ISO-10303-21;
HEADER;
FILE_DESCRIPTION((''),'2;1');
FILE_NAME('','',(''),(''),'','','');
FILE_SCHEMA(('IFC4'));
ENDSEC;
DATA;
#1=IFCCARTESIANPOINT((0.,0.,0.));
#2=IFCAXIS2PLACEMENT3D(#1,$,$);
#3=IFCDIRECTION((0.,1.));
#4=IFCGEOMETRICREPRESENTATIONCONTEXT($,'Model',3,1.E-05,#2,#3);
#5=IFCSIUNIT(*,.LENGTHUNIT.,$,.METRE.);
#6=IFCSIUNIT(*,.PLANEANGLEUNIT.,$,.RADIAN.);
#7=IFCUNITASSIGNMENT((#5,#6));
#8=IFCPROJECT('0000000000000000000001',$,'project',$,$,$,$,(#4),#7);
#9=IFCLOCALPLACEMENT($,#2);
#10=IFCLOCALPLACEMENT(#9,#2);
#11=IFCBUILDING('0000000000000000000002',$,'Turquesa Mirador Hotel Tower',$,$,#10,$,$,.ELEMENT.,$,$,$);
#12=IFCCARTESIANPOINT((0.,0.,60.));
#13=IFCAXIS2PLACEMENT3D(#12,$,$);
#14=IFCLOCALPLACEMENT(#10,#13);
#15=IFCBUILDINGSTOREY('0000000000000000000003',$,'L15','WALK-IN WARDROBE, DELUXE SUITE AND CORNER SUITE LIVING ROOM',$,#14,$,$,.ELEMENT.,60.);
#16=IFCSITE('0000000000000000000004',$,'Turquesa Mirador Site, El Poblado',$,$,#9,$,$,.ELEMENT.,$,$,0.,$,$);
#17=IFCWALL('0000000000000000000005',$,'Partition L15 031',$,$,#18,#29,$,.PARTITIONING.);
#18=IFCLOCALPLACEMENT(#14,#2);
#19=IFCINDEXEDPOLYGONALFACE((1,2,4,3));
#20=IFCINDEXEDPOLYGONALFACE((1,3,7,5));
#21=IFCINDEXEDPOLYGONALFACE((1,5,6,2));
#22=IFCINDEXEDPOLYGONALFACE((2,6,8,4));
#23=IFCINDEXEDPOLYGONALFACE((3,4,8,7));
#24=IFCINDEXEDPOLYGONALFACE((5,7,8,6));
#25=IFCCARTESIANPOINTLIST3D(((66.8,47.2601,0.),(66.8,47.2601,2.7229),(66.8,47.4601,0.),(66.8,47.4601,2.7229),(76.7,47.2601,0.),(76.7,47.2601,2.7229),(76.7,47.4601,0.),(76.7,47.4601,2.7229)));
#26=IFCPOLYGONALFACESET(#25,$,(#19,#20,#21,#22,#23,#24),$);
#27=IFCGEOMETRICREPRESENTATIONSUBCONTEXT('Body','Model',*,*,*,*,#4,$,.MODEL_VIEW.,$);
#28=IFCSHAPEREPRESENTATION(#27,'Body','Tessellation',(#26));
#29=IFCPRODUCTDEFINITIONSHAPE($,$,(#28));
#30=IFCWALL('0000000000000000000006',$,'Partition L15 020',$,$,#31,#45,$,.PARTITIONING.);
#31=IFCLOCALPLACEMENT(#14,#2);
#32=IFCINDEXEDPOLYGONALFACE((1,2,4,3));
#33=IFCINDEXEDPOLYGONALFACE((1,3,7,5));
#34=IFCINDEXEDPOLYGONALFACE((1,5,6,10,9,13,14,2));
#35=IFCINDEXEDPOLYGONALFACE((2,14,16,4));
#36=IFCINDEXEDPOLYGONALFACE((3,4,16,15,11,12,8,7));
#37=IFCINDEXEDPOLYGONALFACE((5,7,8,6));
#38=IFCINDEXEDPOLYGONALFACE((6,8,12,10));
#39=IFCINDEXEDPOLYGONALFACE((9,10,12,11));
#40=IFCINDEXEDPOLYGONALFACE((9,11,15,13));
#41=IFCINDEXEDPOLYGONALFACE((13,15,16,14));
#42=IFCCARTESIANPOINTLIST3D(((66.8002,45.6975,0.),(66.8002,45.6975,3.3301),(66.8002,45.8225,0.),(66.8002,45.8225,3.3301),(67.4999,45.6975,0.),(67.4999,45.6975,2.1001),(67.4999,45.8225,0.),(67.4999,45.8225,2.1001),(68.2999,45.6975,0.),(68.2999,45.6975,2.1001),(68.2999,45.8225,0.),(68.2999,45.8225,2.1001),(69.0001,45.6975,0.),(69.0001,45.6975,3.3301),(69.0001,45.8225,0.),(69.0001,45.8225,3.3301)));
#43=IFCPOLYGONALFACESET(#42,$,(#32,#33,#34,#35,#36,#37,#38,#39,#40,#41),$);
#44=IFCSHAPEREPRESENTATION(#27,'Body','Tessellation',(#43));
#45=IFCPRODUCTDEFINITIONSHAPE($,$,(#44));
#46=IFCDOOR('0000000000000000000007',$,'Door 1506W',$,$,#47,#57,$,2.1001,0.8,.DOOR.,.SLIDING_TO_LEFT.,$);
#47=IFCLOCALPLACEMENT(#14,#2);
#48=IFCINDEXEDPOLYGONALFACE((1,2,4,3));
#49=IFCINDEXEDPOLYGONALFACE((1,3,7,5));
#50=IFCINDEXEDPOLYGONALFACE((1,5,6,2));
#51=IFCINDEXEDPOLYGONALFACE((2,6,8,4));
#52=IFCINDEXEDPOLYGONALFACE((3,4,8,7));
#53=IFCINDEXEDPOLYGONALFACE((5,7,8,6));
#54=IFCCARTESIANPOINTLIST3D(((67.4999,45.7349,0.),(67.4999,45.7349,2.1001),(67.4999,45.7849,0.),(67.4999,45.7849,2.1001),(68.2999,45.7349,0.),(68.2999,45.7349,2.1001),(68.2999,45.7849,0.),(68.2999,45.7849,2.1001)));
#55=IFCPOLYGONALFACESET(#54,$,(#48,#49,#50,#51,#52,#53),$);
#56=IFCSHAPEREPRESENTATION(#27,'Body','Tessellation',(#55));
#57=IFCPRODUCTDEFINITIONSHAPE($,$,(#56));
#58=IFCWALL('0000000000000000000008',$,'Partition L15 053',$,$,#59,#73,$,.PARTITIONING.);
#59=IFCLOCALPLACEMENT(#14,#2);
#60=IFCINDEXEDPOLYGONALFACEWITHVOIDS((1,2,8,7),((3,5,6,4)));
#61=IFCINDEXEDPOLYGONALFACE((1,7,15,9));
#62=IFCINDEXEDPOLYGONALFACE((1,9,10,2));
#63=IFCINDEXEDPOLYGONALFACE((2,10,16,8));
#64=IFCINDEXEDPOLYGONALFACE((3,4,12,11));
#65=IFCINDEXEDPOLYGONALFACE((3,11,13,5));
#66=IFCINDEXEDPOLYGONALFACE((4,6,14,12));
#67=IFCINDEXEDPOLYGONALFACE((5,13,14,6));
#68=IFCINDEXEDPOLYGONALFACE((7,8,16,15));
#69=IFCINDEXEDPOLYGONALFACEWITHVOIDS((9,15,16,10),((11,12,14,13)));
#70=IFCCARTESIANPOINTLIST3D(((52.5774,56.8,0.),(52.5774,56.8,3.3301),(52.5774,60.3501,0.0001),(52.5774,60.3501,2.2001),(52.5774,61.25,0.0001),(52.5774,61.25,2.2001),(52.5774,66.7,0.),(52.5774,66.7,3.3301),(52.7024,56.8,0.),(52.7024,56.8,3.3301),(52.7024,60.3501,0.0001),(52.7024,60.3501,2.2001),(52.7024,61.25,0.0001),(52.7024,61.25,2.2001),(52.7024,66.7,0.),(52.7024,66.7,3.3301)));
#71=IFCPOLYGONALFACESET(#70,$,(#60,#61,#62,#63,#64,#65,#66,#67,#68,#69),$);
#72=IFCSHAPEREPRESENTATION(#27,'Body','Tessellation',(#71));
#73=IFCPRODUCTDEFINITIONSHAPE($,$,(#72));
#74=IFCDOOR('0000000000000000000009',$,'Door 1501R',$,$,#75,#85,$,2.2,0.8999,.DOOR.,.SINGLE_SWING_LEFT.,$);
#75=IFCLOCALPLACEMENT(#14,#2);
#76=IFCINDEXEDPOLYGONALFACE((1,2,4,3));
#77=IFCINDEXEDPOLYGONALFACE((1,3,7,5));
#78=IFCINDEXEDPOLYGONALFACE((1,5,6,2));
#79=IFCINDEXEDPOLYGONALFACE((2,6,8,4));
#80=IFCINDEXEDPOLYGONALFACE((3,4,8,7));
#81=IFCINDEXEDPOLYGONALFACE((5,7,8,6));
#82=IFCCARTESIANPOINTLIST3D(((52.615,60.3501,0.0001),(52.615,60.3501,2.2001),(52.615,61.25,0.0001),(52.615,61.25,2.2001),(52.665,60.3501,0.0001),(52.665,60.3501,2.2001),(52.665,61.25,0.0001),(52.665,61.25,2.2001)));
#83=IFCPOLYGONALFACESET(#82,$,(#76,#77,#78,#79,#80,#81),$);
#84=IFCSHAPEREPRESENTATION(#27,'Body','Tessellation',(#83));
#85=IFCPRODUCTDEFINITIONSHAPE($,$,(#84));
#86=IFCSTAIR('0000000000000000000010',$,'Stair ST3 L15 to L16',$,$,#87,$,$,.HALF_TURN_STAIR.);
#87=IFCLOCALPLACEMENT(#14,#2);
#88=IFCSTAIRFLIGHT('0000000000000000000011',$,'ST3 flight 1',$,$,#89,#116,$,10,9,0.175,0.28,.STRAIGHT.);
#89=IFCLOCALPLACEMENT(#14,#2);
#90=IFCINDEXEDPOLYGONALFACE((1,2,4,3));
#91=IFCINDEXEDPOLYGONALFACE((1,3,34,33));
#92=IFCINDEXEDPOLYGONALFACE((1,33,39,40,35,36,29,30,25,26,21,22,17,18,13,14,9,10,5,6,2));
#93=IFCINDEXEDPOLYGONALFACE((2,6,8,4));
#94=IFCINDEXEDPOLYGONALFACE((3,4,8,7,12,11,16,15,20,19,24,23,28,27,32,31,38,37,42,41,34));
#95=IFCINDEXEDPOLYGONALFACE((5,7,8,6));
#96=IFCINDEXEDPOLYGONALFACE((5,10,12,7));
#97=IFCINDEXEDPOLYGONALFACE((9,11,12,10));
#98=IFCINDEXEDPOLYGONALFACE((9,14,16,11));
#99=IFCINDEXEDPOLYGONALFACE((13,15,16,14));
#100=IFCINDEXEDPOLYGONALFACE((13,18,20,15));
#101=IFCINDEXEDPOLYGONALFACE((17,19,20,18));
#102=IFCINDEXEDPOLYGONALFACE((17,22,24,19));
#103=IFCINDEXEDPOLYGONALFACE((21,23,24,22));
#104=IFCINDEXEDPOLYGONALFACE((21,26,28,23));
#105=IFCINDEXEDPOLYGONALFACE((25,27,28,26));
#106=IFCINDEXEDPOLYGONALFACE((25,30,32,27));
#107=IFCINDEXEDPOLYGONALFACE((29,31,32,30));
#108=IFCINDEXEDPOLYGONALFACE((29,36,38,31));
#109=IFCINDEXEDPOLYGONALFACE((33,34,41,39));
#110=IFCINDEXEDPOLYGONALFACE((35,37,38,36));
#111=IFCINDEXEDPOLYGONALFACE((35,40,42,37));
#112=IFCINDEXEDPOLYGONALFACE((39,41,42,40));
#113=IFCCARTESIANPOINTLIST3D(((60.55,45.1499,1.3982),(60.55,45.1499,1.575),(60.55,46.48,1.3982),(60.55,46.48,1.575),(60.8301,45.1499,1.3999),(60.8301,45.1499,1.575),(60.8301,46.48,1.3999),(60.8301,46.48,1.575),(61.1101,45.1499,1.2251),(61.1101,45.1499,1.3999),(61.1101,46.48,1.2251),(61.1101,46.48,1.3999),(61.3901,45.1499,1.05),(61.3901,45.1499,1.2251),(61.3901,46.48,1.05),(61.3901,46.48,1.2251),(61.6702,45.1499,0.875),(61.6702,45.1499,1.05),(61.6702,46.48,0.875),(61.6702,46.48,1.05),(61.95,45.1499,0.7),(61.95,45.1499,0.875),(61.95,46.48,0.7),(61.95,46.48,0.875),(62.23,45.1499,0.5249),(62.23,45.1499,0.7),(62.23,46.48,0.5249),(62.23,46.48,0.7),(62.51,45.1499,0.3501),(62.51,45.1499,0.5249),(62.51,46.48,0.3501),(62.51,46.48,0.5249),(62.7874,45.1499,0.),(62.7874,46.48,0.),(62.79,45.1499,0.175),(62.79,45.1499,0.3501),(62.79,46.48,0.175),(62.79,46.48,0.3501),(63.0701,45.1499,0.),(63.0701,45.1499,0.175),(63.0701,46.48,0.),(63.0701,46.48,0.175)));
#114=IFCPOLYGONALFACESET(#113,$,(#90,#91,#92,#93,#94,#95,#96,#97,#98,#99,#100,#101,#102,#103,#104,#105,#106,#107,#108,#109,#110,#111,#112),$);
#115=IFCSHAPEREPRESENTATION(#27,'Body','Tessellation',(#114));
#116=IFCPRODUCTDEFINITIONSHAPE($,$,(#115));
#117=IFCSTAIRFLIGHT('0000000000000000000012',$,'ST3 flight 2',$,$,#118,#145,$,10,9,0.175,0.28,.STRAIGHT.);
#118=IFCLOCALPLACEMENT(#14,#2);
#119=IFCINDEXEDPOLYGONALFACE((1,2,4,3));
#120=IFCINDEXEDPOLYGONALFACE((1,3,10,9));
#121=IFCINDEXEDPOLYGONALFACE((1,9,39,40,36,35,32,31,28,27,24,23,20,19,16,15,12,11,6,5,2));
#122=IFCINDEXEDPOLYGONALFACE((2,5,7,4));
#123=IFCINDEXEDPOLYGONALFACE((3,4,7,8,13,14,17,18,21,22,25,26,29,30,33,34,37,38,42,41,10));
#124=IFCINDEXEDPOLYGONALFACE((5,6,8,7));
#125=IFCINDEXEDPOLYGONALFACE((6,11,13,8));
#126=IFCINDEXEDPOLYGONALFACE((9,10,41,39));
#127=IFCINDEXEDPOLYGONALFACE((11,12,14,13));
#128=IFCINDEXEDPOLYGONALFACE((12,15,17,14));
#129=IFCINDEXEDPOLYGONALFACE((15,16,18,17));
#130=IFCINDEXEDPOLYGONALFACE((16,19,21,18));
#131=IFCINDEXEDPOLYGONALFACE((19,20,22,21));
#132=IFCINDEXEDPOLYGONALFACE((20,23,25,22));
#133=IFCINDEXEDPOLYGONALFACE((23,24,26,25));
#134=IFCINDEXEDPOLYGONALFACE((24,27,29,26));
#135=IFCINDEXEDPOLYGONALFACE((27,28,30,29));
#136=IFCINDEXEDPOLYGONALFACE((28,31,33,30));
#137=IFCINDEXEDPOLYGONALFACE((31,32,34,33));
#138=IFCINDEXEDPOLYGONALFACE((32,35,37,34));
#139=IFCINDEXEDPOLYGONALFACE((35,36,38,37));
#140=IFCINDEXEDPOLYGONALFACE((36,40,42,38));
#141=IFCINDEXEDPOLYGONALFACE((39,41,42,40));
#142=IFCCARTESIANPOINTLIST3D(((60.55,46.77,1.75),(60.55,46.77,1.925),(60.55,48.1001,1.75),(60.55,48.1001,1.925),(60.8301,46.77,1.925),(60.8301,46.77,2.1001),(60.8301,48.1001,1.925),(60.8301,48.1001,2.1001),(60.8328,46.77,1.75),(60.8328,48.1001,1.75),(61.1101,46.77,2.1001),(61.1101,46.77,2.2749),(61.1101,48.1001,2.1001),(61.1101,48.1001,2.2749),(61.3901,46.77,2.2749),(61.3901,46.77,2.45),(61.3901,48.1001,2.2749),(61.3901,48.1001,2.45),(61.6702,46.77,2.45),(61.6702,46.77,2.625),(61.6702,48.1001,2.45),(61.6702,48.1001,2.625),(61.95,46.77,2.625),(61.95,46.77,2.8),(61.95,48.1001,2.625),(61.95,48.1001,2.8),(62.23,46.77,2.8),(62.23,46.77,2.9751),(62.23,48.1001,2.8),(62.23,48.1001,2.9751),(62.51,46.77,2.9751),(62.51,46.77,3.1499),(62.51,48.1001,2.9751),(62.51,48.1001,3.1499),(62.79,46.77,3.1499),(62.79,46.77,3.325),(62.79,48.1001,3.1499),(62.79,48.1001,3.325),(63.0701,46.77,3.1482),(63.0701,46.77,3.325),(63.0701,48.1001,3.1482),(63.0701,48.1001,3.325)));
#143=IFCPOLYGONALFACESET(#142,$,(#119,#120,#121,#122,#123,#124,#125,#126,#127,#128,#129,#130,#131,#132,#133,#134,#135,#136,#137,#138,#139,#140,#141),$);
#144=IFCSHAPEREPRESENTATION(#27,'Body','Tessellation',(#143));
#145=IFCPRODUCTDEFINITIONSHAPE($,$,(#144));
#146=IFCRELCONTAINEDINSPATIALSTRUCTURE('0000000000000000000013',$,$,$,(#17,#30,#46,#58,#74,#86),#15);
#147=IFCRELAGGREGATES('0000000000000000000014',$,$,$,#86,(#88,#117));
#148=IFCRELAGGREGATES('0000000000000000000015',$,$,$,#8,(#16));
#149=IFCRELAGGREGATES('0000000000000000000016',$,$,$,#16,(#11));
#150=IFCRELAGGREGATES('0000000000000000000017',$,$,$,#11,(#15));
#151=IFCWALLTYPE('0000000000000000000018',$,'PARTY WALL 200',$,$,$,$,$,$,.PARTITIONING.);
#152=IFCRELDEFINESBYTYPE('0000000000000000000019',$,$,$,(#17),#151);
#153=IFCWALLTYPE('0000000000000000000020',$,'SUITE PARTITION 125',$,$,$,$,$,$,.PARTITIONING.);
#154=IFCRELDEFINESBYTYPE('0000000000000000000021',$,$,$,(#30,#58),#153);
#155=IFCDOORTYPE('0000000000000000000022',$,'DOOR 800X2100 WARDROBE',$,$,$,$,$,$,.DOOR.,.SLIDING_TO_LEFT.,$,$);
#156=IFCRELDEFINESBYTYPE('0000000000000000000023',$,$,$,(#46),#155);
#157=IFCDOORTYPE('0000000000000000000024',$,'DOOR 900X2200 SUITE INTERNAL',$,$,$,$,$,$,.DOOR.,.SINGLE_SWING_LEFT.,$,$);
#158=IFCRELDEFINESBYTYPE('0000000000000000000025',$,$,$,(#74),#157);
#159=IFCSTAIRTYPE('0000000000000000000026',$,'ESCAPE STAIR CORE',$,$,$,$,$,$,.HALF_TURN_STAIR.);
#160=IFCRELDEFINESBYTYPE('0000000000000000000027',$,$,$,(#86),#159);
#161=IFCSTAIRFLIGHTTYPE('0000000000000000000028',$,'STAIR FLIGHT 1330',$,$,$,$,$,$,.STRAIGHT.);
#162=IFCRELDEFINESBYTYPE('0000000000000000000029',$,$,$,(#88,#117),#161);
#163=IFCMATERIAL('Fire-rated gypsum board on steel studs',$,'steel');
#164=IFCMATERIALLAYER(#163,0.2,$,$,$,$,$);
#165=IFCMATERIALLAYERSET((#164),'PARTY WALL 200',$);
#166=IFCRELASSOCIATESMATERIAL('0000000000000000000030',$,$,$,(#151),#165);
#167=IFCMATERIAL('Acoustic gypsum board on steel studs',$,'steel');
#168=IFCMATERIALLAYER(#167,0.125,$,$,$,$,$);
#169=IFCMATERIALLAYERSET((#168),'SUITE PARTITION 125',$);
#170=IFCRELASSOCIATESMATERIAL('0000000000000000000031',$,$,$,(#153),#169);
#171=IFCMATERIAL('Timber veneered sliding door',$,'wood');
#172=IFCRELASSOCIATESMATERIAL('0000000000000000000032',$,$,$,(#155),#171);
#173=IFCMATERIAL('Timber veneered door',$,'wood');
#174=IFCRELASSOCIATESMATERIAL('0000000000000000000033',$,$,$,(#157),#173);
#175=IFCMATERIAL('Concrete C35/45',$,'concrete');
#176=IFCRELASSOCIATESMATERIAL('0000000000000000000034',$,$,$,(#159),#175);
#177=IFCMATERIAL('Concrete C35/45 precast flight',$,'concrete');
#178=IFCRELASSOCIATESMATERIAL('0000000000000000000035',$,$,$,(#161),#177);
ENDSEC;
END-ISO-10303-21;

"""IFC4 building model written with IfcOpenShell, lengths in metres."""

from ifc_helpers import new_model, si_unit, direction, frame, frame_2d, origin, place, context, subcontext, project, spatial, polyline, rectangle, outline, extrude, material, layer, layer_set, type_object, element, fill, aggregate, save


model = new_model("IFC4")

# Units and contexts
model_context = context("Model", 3, precision=1e-05, world=origin(), true_north=direction((0.0, 1.0)))
body_context = subcontext(model_context, "Body", "Model", "MODEL_VIEW")
ifc_project = project(units=[si_unit("LENGTHUNIT", "METRE"), si_unit("PLANEANGLEUNIT", "RADIAN")], contexts=[model_context])

# Site, building, storey
site_placement = place(None, origin())
site = spatial("IfcSite", under=ifc_project, at=site_placement, Name="Turquesa Mirador Site, El Poblado", CompositionType="ELEMENT", RefElevation=0.0)
building_placement = place(site_placement, origin())
building = spatial("IfcBuilding", under=site, at=building_placement, Name="Turquesa Mirador Hotel Tower", CompositionType="ELEMENT")
storey_placement = place(building_placement, frame((0.0, 0.0, 60.0)))
storey = spatial("IfcBuildingStorey", under=building, at=storey_placement, Name="L15", Description="WALK-IN WARDROBE, DELUXE SUITE AND CORNER SUITE LIVING ROOM", CompositionType="ELEMENT", Elevation=60.0)

# Wall
ifc_material_1 = material(Name="Fire-rated gypsum board on steel studs", Category="steel")
ifc_layer_1 = layer(ifc_material_1, 0.2)
ifc_layer_set_1 = layer_set([ifc_layer_1], Name="PARTY WALL 200")
wall_type_1 = type_object("IfcWallType", Name="PARTY WALL 200", PredefinedType="PARTITIONING", material=ifc_layer_set_1)
wall_1_placement = place(storey_placement, frame((66.8, 47.3601, 0.0), z_axis=(0.0, 0.0, 1.0), x_axis=(1.0, 0.0, 0.0)))
element("IfcWall", 1, at=wall_1_placement, inside=storey, type_object=wall_type_1, Name="Partition L15 031", PredefinedType="PARTITIONING", context=body_context, shape_type="SweptSolid", body=[
    extrude(rectangle(XDim=9.8999, YDim=0.2, at=frame_2d((4.95, 0.0))), origin(), (0.0, 0.0, 1.0), 2.7229),
])

# Walls, openings, doors
ifc_material_2 = material(Name="Acoustic gypsum board on steel studs", Category="steel")
ifc_layer_2 = layer(ifc_material_2, 0.125)
ifc_layer_set_2 = layer_set([ifc_layer_2], Name="SUITE PARTITION 125")
wall_type_2 = type_object("IfcWallType", Name="SUITE PARTITION 125", PredefinedType="PARTITIONING", material=ifc_layer_set_2)
wall_2_placement = place(storey_placement, frame((66.8, 45.76, 0.0), z_axis=(0.0, 0.0, 1.0), x_axis=(1.0, 0.0, 0.0)))
wall_2 = element("IfcWall", 2, at=wall_2_placement, inside=storey, type_object=wall_type_2, Name="Partition L15 020", PredefinedType="PARTITIONING", context=body_context, shape_type="SweptSolid", body=[
    extrude(rectangle(XDim=2.2, YDim=0.125, at=frame_2d((1.1001, 0.0))), origin(), (0.0, 0.0, 1.0), 3.3301),
])
opening_1_placement = place(wall_2_placement, frame((0.7, 0.0, 0.0)))
opening_1 = element("IfcOpeningElement", 3, at=opening_1_placement, cuts=wall_2, PredefinedType="OPENING", context=body_context, shape_type="SweptSolid", body=[
    extrude(rectangle(XDim=0.8, YDim=2.1001, at=frame_2d((0.3999, 1.05))), frame((0.0, 0.0725, 0.0), z_axis=(0.0, -1.0, 0.0), x_axis=(1.0, 0.0, 0.0)), (0.0, 0.0, 1.0), 0.145),
])
ifc_material_3 = material(Name="Timber veneered sliding door", Category="wood")
door_type_1 = type_object("IfcDoorType", Name="DOOR 800X2100 WARDROBE", OperationType="SLIDING_TO_LEFT", PredefinedType="DOOR", material=ifc_material_3)
door_1_placement = place(opening_1_placement, origin())
door_1 = element("IfcDoor", 4, at=door_1_placement, inside=storey, type_object=door_type_1, Name="Door 1506W", OperationType="SLIDING_TO_LEFT", OverallHeight=2.1001, OverallWidth=0.8, PredefinedType="DOOR", context=body_context, shape_type="SweptSolid", body=[
    extrude(rectangle(XDim=0.8, YDim=2.1001, at=frame_2d((0.3999, 1.05))), frame((0.0, 0.0249, 0.0), z_axis=(0.0, -1.0, 0.0), x_axis=(1.0, 0.0, 0.0)), (0.0, 0.0, 1.0), 0.05),
])
fill(opening_1, door_1)
wall_3_placement = place(storey_placement, frame((52.6399, 56.8, 0.0), z_axis=(0.0, 0.0, 1.0), x_axis=(0.0, 1.0, 0.0)))
wall_3 = element("IfcWall", 5, at=wall_3_placement, inside=storey, type_object=wall_type_2, Name="Partition L15 053", PredefinedType="PARTITIONING", context=body_context, shape_type="SweptSolid", body=[
    extrude(rectangle(XDim=9.8999, YDim=0.125, at=frame_2d((4.95, 0.0))), origin(), (0.0, 0.0, 1.0), 3.3301),
])
opening_2_placement = place(wall_3_placement, frame((3.55, 0.0, 0.0)))
opening_2 = element("IfcOpeningElement", 6, at=opening_2_placement, cuts=wall_3, PredefinedType="OPENING", context=body_context, shape_type="SweptSolid", body=[
    extrude(rectangle(XDim=0.8999, YDim=2.2, at=frame_2d((0.45, 1.1001))), frame((0.0, 0.0725, 0.0), z_axis=(0.0, -1.0, 0.0), x_axis=(1.0, 0.0, 0.0)), (0.0, 0.0, 1.0), 0.145),
])
ifc_material_4 = material(Name="Timber veneered door", Category="wood")
door_type_2 = type_object("IfcDoorType", Name="DOOR 900X2200 SUITE INTERNAL", OperationType="SINGLE_SWING_LEFT", PredefinedType="DOOR", material=ifc_material_4)
door_2_placement = place(opening_2_placement, origin())
door_2 = element("IfcDoor", 7, at=door_2_placement, inside=storey, type_object=door_type_2, Name="Door 1501R", OperationType="SINGLE_SWING_LEFT", OverallHeight=2.2, OverallWidth=0.8999, PredefinedType="DOOR", context=body_context, shape_type="SweptSolid", body=[
    extrude(rectangle(XDim=0.8999, YDim=2.2, at=frame_2d((0.45, 1.1001))), frame((0.0, 0.0249, 0.0), z_axis=(0.0, -1.0, 0.0), x_axis=(1.0, 0.0, 0.0)), (0.0, 0.0, 1.0), 0.05),
])
fill(opening_2, door_2)

# Stair, stair flights
ifc_material_5 = material(Name="Concrete C35/45", Category="concrete")
stair_type = type_object("IfcStairType", Name="ESCAPE STAIR CORE", PredefinedType="HALF_TURN_STAIR", material=ifc_material_5)
stair_placement = place(storey_placement, origin())
stair = element("IfcStair", 8, at=stair_placement, inside=storey, type_object=stair_type, Name="Stair ST3 L15 to L16", PredefinedType="HALF_TURN_STAIR")
ifc_material_6 = material(Name="Concrete C35/45 precast flight", Category="concrete")
stair_flight_type = type_object("IfcStairFlightType", Name="STAIR FLIGHT 1330", PredefinedType="STRAIGHT", material=ifc_material_6)
stair_flight_1_placement = place(storey_placement, frame((63.0701, 45.8149, 0.0), z_axis=(0.0, 0.0, 1.0), x_axis=(-1.0, 0.0, 0.0)))
stair_flight_1 = element("IfcStairFlight", 9, at=stair_flight_1_placement, type_object=stair_flight_type, Name="ST3 flight 1", NumberOfRisers=10, NumberOfTreads=9, PredefinedType="STRAIGHT", RiserHeight=0.175, TreadLength=0.28, context=body_context, shape_type="SweptSolid", body=[
    extrude(outline(polyline([(0.0, 0.0), (0.0, 0.175), (0.28, 0.175), (0.28, 0.3501), (0.5601, 0.3501), (0.5601, 0.5249), (0.8401, 0.5249), (0.8401, 0.7), (1.1201, 0.7), (1.1201, 0.875), (1.3999, 0.875), (1.3999, 1.05), (1.6799, 1.05), (1.6799, 1.2251), (1.96, 1.2251), (1.96, 1.3999), (2.24, 1.3999), (2.24, 1.575), (2.52, 1.575), (2.52, 1.75), (2.52, 1.3982), (0.2827, 0.0), (0.0, 0.0)])), frame((0.0, 0.665, 0.0), z_axis=(0.0, -1.0, 0.0), x_axis=(1.0, 0.0, 0.0)), (0.0, 0.0, 1.0), 1.3301),
])
stair_flight_2_placement = place(storey_placement, frame((60.55, 47.4351, 1.75), z_axis=(0.0, 0.0, 1.0), x_axis=(1.0, 0.0, 0.0)))
stair_flight_2 = element("IfcStairFlight", 10, at=stair_flight_2_placement, type_object=stair_flight_type, Name="ST3 flight 2", NumberOfRisers=10, NumberOfTreads=9, PredefinedType="STRAIGHT", RiserHeight=0.175, TreadLength=0.28, context=body_context, shape_type="SweptSolid", body=[
    extrude(outline(polyline([(0.0, 0.0), (0.0, 0.175), (0.28, 0.175), (0.28, 0.3501), (0.5601, 0.3501), (0.5601, 0.5249), (0.8401, 0.5249), (0.8401, 0.7), (1.1201, 0.7), (1.1201, 0.875), (1.3999, 0.875), (1.3999, 1.05), (1.6799, 1.05), (1.6799, 1.2251), (1.96, 1.2251), (1.96, 1.3999), (2.24, 1.3999), (2.24, 1.575), (2.52, 1.575), (2.52, 1.75), (2.52, 1.3982), (0.2827, 0.0), (0.0, 0.0)])), frame((0.0, 0.665, 0.0), z_axis=(0.0, -1.0, 0.0), x_axis=(1.0, 0.0, 0.0)), (0.0, 0.0, 1.0), 1.3301),
])
aggregate(stair, [stair_flight_1, stair_flight_2])

save(model, "model.ifc")
